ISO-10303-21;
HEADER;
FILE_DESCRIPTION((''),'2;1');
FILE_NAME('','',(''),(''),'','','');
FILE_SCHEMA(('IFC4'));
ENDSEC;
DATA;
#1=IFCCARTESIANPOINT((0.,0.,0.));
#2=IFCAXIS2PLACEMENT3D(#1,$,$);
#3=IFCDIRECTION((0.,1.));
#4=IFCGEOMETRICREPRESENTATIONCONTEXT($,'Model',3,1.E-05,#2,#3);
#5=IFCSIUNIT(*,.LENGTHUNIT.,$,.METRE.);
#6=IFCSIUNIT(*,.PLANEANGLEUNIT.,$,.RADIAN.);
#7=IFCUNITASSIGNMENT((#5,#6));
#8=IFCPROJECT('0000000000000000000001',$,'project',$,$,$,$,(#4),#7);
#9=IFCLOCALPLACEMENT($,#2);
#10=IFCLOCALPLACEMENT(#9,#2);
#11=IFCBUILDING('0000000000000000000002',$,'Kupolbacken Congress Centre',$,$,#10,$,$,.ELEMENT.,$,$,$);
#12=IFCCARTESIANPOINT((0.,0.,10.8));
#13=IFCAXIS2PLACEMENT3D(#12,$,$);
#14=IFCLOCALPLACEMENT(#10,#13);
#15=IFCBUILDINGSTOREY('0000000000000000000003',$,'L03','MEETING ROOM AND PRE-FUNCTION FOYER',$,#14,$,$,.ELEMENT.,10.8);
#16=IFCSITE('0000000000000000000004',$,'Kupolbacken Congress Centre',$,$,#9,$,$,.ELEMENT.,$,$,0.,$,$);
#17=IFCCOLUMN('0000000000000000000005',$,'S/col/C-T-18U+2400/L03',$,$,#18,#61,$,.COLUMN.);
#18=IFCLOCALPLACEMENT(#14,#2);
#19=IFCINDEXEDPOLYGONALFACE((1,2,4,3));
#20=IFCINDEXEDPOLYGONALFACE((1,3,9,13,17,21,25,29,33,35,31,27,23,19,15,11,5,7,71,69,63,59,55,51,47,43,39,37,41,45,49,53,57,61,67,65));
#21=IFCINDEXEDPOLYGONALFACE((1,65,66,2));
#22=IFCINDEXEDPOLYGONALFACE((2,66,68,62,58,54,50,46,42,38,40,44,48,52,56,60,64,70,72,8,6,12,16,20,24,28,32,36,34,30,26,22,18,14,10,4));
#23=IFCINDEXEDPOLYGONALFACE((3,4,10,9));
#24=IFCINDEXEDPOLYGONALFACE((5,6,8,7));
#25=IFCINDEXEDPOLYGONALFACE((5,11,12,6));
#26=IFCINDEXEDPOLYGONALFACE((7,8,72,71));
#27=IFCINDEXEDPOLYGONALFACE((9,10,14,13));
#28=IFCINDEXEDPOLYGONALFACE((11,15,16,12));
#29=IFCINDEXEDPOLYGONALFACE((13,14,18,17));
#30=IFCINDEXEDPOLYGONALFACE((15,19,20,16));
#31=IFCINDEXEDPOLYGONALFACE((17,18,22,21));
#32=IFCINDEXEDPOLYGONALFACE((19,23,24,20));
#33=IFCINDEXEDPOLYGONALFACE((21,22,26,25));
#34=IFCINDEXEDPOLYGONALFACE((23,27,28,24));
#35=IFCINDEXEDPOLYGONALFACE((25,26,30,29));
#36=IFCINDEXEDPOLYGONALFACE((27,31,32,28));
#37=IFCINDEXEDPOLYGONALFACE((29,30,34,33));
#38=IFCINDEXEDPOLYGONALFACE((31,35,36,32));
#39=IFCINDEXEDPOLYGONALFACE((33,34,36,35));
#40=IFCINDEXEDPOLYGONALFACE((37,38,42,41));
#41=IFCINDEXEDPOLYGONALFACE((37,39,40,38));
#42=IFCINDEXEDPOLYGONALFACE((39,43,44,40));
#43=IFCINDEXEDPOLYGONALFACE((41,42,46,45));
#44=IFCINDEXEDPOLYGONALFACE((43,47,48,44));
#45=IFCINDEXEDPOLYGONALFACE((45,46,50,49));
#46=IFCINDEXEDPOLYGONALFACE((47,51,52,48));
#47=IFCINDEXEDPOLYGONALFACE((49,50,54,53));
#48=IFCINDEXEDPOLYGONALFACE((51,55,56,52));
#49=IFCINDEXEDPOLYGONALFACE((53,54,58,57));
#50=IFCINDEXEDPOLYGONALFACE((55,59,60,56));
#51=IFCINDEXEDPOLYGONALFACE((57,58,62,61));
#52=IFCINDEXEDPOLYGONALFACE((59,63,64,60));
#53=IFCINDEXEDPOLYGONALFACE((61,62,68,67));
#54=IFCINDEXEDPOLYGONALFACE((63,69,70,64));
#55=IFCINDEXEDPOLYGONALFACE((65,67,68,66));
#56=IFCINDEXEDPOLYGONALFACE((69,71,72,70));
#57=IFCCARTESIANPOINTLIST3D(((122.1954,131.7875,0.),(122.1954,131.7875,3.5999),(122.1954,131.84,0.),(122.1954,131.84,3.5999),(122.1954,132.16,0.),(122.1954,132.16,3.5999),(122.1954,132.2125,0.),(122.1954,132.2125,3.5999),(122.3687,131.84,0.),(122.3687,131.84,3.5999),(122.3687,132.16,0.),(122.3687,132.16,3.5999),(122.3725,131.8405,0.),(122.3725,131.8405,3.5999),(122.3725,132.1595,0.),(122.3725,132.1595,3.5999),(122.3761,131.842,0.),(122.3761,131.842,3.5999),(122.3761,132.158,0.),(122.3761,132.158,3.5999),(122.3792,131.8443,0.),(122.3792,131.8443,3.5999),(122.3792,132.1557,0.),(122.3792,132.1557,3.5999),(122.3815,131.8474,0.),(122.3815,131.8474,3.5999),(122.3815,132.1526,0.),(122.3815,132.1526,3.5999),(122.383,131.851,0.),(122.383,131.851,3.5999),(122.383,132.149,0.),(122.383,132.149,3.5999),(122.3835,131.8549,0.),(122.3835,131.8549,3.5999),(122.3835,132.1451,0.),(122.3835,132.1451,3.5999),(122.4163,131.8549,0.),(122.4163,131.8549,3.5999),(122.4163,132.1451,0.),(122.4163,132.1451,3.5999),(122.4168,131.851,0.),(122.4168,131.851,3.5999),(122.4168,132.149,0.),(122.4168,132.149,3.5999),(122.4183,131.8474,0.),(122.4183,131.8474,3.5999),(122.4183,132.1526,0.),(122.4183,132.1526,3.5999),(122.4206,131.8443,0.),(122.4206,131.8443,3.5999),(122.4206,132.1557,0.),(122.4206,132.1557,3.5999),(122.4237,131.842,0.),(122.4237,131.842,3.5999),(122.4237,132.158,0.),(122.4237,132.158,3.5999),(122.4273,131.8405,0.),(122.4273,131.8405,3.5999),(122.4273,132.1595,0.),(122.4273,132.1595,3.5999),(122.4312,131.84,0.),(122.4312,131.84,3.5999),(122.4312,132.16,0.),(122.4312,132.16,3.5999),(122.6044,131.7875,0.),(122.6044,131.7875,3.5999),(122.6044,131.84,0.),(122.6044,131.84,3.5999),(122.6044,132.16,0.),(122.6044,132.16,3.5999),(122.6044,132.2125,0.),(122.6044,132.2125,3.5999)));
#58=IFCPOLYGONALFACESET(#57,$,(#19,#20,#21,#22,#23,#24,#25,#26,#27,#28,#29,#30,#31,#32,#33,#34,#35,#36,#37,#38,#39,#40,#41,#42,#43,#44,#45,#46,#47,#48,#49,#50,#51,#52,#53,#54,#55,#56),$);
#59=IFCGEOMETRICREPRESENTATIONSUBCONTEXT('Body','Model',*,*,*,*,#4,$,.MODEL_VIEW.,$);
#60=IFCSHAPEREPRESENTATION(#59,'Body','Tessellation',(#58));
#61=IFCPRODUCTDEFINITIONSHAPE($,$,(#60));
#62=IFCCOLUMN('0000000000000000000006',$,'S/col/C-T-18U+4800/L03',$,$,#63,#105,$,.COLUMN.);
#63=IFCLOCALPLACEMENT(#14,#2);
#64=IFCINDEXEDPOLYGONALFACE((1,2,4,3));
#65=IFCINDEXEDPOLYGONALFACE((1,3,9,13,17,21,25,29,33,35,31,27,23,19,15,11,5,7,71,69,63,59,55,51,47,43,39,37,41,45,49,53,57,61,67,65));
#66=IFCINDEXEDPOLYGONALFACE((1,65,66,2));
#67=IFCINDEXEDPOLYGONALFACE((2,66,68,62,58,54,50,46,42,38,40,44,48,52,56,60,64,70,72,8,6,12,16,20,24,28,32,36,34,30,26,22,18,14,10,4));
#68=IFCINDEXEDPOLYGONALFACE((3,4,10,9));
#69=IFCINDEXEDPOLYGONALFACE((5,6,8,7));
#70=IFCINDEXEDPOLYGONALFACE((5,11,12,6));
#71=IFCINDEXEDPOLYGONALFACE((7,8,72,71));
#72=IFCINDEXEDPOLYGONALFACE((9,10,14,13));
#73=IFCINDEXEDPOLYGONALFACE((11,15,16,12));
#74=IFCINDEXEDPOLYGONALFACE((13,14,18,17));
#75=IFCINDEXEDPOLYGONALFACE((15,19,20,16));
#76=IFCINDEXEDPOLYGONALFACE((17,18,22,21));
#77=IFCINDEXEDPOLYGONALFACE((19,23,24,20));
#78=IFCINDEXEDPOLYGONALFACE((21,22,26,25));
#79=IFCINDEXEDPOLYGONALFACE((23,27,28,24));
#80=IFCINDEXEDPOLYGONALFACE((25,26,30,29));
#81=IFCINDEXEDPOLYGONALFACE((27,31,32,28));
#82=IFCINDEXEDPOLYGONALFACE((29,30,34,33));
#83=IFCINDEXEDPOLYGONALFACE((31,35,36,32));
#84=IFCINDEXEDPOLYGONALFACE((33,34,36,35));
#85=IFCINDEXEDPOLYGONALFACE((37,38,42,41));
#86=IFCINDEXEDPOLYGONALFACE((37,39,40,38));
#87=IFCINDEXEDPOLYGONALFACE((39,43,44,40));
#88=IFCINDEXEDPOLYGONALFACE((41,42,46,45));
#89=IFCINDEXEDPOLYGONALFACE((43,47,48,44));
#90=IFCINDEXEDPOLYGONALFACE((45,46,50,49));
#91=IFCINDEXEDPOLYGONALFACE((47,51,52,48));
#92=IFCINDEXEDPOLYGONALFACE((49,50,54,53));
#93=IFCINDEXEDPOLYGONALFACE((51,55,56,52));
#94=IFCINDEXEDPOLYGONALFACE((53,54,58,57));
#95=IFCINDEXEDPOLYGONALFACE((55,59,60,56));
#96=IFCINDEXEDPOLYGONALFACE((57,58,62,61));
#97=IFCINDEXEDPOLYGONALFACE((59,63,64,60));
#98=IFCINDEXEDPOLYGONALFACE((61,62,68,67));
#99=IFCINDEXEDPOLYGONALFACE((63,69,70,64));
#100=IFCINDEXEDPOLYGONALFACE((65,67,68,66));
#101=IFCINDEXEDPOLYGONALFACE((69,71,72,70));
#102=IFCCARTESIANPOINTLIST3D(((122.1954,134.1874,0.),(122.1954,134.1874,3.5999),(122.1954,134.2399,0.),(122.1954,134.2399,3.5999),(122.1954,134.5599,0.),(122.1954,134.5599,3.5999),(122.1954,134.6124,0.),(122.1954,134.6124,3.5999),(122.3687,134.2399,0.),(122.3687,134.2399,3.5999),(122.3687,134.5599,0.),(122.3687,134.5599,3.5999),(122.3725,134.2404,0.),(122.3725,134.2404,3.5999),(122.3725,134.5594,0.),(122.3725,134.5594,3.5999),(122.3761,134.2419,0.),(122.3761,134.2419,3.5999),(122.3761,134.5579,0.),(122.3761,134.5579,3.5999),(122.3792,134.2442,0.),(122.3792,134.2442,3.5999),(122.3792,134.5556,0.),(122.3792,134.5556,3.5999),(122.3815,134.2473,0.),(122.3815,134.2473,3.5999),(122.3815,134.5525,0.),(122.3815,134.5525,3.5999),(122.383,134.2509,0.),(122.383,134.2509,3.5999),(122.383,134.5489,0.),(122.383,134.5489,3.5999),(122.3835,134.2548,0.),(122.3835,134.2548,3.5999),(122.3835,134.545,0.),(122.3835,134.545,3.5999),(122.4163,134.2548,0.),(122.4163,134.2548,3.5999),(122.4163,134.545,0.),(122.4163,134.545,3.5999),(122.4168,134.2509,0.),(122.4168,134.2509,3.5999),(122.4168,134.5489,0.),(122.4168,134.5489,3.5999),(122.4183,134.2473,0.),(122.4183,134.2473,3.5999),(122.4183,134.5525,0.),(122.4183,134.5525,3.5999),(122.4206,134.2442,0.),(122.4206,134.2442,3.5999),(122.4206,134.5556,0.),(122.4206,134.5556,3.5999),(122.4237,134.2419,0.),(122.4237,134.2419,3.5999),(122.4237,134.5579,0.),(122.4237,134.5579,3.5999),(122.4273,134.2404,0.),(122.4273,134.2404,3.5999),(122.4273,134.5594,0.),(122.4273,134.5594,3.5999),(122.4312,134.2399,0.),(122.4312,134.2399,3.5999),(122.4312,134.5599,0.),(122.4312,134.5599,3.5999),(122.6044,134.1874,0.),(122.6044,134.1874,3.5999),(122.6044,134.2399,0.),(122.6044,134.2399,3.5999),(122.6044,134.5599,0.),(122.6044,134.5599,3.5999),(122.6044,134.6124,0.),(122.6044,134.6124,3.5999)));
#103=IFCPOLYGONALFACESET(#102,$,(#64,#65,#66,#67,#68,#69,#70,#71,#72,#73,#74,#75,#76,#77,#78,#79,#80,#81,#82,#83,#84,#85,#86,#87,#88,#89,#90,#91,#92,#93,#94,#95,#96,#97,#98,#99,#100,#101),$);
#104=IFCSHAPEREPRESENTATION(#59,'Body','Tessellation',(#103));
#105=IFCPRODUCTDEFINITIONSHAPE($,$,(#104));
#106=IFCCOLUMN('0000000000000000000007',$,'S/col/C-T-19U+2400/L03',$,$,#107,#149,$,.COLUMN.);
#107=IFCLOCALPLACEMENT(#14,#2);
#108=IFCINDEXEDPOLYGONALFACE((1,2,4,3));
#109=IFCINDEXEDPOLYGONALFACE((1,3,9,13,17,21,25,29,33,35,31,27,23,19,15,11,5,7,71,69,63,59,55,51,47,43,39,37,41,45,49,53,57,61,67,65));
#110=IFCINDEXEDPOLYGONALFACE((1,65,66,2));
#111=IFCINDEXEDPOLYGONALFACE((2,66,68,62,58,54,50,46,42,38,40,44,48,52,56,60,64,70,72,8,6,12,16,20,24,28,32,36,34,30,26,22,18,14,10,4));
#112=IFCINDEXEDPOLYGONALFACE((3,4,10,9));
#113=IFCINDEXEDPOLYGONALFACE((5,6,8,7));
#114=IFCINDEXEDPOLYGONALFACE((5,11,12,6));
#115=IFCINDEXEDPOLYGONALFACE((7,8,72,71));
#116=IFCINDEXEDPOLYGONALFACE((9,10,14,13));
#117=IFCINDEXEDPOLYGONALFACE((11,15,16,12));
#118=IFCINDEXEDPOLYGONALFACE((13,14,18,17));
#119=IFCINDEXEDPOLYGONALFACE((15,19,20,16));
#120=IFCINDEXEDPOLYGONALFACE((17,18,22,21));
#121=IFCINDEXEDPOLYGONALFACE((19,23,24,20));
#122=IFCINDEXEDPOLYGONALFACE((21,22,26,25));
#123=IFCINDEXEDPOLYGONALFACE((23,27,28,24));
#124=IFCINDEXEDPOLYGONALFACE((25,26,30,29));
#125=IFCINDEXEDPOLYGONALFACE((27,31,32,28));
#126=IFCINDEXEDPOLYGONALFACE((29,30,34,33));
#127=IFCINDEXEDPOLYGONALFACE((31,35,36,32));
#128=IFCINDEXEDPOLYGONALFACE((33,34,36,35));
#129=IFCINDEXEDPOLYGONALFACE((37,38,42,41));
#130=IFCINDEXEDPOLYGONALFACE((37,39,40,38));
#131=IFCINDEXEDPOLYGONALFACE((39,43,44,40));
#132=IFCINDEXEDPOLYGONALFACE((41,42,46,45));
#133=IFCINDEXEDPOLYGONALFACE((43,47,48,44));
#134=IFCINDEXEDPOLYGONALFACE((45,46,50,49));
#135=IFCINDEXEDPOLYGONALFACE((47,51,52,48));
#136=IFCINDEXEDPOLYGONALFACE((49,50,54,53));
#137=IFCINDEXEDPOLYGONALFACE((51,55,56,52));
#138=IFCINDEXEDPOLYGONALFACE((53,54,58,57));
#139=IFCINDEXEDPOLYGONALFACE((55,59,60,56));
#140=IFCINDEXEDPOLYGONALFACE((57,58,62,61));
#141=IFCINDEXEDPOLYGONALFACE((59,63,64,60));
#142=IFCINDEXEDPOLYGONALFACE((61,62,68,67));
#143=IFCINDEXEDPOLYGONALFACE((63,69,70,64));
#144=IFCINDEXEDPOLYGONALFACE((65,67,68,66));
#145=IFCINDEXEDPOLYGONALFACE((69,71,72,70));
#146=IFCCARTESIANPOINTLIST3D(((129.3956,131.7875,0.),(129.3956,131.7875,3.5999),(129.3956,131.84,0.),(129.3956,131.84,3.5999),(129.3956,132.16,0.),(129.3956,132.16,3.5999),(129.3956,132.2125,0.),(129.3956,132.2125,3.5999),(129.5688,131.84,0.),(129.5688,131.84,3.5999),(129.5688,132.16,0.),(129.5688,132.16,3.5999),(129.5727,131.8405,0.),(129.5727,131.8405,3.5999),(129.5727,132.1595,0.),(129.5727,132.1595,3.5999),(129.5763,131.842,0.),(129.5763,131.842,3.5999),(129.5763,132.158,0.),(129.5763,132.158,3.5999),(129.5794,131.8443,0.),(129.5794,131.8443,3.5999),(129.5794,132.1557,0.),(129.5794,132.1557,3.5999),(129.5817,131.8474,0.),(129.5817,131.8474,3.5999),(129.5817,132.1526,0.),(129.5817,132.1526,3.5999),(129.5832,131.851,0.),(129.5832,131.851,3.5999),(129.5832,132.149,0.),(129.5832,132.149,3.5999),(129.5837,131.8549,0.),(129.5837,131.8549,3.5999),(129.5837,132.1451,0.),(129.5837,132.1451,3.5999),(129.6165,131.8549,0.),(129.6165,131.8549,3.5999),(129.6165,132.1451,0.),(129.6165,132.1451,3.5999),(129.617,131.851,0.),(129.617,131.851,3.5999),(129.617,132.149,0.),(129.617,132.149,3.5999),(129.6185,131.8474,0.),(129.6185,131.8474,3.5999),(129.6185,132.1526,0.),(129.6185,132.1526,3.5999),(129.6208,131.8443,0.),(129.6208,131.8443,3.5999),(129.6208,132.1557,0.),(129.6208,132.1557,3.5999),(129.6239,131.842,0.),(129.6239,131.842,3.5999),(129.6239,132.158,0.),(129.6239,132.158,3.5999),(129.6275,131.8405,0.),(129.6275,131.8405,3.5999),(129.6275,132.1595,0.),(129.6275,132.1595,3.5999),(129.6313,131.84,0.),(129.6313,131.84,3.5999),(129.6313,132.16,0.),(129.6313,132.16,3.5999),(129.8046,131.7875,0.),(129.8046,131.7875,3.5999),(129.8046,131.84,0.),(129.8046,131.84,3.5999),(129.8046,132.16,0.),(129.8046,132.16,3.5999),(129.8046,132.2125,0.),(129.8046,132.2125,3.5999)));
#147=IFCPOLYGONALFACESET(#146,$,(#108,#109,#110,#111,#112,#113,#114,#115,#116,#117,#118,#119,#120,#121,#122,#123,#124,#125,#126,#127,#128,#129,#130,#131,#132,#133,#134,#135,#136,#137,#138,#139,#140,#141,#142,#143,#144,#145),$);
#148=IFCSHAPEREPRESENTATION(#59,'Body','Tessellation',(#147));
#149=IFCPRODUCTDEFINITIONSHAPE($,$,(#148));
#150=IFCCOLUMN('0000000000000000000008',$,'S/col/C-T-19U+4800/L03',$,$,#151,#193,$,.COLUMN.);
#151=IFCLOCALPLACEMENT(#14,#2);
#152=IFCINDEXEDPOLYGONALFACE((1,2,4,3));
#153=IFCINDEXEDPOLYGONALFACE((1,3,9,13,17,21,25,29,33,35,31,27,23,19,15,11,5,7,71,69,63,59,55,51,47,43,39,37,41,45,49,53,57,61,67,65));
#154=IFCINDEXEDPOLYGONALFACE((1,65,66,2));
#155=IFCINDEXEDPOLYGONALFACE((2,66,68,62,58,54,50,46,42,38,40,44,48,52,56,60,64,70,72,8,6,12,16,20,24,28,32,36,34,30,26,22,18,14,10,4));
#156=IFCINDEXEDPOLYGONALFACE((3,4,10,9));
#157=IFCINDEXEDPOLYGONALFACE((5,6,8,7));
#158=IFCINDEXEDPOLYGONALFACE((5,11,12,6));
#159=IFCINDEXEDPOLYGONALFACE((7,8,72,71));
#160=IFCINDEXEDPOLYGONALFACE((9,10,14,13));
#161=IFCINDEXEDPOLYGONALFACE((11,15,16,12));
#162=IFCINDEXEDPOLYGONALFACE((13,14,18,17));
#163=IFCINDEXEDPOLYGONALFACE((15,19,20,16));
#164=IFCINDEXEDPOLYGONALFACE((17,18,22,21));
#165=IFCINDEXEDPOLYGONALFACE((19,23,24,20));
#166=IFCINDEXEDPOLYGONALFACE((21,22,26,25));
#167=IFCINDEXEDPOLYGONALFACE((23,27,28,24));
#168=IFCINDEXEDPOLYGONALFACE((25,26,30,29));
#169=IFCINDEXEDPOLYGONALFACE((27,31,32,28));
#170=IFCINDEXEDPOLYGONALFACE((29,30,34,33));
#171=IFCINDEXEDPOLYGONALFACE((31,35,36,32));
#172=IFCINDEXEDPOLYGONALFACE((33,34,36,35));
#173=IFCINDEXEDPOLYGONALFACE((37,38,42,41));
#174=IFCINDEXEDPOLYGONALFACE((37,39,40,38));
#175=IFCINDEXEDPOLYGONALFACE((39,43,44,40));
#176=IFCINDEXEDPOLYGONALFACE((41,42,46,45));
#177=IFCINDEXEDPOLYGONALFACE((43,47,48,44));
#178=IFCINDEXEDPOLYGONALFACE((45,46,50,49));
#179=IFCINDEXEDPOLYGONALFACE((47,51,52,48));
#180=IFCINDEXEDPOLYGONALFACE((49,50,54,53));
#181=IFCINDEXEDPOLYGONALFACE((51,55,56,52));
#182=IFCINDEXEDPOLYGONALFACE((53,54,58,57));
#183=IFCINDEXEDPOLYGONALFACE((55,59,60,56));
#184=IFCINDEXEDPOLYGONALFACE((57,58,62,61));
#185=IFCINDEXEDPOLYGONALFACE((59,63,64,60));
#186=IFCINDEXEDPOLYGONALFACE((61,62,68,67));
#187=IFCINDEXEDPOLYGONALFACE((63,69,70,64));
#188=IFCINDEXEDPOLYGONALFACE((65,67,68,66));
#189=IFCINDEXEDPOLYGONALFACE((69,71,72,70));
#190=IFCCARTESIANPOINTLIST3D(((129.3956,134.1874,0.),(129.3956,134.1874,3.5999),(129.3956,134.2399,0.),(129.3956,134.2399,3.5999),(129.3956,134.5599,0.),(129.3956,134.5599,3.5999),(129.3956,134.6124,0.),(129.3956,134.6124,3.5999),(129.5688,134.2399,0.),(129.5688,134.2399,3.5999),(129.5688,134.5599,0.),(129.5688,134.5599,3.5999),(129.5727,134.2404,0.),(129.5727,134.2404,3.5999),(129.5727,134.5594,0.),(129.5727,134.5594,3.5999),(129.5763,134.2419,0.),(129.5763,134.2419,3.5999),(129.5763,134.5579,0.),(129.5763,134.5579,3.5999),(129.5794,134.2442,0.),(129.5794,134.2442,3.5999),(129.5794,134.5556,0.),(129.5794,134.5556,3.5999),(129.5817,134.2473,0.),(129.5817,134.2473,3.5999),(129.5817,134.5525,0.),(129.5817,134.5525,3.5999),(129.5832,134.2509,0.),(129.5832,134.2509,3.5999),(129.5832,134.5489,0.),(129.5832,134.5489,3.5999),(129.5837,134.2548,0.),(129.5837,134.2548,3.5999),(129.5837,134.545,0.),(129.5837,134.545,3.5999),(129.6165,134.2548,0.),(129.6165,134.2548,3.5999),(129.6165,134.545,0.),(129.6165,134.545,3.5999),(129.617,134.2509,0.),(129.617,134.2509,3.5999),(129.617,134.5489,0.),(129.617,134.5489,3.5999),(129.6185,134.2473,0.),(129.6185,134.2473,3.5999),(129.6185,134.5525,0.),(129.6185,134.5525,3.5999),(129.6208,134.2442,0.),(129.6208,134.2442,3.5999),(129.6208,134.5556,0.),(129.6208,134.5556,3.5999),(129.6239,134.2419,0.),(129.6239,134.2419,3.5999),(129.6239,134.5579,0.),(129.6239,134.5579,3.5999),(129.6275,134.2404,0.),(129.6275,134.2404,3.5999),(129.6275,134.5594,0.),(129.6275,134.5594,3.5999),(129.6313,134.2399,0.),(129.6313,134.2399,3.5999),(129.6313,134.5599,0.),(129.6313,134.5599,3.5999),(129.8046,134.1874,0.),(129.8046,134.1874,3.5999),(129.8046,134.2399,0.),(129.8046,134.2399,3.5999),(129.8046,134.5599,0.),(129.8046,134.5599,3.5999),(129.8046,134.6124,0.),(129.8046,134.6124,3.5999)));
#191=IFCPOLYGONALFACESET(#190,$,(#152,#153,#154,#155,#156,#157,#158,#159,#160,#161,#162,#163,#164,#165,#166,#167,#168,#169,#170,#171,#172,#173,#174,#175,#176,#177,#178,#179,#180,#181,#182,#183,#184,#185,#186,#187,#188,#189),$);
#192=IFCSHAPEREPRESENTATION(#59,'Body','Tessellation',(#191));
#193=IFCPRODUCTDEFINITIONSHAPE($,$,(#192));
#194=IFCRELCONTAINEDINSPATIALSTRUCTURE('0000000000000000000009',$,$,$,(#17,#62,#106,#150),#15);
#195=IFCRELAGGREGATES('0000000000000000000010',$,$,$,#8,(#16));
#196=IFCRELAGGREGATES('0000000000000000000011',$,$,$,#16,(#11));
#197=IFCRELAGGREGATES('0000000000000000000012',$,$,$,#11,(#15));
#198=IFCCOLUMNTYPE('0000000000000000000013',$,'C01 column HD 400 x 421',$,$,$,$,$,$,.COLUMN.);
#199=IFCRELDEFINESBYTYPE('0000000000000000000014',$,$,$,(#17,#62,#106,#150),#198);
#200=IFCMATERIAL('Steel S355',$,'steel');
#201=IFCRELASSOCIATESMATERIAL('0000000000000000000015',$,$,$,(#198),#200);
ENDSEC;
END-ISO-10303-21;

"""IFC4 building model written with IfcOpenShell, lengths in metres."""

from ifc_helpers import new_model, si_unit, direction, frame, origin, origin_2d, place, context, subcontext, project, spatial, i_section, extrude, material, material_profile, profile_set, type_object, element, save


model = new_model("IFC4")

# Units and contexts
model_context = context("Model", 3, precision=1e-05, world=origin(), true_north=direction((0.0, 1.0)))
body_context = subcontext(model_context, "Body", "Model", "MODEL_VIEW")
ifc_project = project(units=[si_unit("LENGTHUNIT", "METRE"), si_unit("PLANEANGLEUNIT", "RADIAN")], contexts=[model_context])

# Site, building, storey
site_placement = place(None, origin())
site = spatial("IfcSite", under=ifc_project, at=site_placement, Name="Kupolbacken Congress Centre", CompositionType="ELEMENT", RefElevation=0.0)
building_placement = place(site_placement, origin())
building = spatial("IfcBuilding", under=site, at=building_placement, Name="Kupolbacken Congress Centre", CompositionType="ELEMENT")
storey_placement = place(building_placement, frame((0.0, 0.0, 10.8)))
storey = spatial("IfcBuildingStorey", under=building, at=storey_placement, Name="L03", Description="MEETING ROOM AND PRE-FUNCTION FOYER", CompositionType="ELEMENT", Elevation=10.8)

# Columns
ifc_material_1 = material(Name="Steel S355", Category="steel")
ifc_material_profile_1 = material_profile(ifc_material_1, i_section(OverallWidth=0.4089, OverallDepth=0.425, WebThickness=0.0327, FlangeThickness=0.0525, FilletRadius=0.0149, at=origin_2d()), Name="HD 400 x 421")
ifc_profile_set_1 = profile_set([ifc_material_profile_1], Name="Steel S355")
column_type_1 = type_object("IfcColumnType", Name="C01 column HD 400 x 421", PredefinedType="COLUMN", material=ifc_profile_set_1)
for number, where, z_axis, x_axis, name in (
    (1, (122.3999, 132.0, 0.0), (0.0, 0.0, 1.0), (1.0, 0.0, 0.0), "S/col/C-T-18U+2400/L03"),
    (2, (122.3999, 134.3999, 0.0), (0.0, 0.0, 1.0), (1.0, 0.0, 0.0), "S/col/C-T-18U+4800/L03"),
    (3, (129.6001, 132.0, 0.0), (0.0, 0.0, 1.0), (1.0, 0.0, 0.0), "S/col/C-T-19U+2400/L03"),
    (4, (129.6001, 134.3999, 0.0), (0.0, 0.0, 1.0), (1.0, 0.0, 0.0), "S/col/C-T-19U+4800/L03"),
):
    element("IfcColumn", number, at=place(storey_placement, frame(where, z_axis=z_axis, x_axis=x_axis)), inside=storey, type_object=column_type_1, Name=name, PredefinedType="COLUMN", context=body_context, shape_type="SweptSolid", body=[
        extrude(i_section(OverallWidth=0.4089, OverallDepth=0.425, WebThickness=0.0327, FlangeThickness=0.0525, FilletRadius=0.0149, at=origin_2d()), origin(), (0.0, 0.0, 1.0), 3.5999),
    ])

save(model, "model.ifc")
